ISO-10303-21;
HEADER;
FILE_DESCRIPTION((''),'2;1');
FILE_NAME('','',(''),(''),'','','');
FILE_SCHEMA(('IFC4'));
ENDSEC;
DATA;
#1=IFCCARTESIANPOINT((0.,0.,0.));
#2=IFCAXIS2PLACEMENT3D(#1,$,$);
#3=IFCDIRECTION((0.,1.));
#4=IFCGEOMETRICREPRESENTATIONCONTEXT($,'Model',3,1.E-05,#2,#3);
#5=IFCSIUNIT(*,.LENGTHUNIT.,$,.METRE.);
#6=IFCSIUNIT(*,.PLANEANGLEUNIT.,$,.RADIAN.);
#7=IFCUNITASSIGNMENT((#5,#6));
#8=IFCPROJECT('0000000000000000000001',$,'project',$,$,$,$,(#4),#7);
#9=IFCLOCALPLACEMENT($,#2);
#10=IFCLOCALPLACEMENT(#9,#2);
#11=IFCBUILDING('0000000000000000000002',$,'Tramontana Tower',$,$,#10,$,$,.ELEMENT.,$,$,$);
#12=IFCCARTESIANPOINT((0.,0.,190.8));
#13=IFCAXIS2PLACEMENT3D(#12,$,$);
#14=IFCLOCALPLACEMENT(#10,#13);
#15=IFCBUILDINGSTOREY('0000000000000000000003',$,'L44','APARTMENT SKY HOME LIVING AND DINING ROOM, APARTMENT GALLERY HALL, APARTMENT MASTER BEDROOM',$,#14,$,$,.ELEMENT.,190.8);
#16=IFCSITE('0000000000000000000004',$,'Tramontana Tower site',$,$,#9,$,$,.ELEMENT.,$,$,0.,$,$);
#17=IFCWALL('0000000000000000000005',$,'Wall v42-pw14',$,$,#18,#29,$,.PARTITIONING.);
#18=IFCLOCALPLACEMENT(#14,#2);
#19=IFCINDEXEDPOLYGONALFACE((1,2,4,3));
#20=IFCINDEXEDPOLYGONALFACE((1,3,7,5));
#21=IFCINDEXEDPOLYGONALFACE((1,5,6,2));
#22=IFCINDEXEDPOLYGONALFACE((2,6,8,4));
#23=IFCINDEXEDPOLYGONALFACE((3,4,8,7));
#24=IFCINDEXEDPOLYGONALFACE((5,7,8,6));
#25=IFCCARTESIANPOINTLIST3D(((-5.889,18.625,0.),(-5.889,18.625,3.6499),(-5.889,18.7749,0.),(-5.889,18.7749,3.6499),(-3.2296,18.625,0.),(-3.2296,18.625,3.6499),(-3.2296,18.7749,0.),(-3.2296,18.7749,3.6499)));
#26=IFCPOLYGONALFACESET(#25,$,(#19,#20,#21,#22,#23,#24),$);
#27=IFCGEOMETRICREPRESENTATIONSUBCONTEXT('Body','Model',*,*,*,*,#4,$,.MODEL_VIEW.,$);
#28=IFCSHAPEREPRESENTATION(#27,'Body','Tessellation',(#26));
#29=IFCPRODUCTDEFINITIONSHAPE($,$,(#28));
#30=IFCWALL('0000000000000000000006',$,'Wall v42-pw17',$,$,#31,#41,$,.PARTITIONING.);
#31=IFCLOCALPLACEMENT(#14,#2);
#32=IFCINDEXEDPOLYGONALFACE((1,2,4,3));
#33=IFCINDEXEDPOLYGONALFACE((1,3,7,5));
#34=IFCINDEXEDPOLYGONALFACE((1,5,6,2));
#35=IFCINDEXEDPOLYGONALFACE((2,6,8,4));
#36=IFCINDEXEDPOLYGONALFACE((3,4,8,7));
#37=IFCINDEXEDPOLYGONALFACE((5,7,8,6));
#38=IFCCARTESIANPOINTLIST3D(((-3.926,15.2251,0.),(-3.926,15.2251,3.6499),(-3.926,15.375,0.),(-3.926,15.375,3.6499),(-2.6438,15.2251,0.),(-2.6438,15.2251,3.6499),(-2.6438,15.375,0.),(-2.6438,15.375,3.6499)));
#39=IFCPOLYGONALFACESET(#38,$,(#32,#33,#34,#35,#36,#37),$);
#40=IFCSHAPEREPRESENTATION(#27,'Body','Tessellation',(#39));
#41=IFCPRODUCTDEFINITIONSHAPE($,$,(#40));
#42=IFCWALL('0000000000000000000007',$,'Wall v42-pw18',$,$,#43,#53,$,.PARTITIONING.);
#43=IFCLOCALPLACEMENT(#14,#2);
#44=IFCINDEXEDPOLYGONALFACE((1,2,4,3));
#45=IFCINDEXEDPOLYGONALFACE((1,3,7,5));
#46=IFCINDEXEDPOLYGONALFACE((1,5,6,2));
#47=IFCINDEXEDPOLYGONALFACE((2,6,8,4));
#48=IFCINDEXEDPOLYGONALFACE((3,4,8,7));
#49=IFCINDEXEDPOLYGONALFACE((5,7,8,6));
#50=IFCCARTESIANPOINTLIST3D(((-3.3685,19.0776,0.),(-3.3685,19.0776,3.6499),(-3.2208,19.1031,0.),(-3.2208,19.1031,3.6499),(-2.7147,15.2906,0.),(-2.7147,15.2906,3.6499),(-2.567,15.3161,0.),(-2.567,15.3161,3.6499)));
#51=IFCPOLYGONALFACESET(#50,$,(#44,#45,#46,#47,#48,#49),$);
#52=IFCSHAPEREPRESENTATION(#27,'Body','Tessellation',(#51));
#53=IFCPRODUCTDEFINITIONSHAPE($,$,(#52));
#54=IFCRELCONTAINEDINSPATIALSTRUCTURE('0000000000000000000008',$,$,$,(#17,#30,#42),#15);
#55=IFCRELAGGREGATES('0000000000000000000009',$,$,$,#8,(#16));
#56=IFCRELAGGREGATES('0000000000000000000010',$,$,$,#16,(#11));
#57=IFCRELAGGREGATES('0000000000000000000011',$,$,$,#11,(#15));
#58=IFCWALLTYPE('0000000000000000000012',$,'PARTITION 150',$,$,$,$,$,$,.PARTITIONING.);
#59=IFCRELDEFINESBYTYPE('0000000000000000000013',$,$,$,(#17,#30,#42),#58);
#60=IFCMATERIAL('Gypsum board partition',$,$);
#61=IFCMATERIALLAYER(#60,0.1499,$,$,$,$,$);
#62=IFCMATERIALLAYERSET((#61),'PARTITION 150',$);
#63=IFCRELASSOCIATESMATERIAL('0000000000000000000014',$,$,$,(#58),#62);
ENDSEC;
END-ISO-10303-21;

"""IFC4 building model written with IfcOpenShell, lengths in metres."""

from ifc_helpers import new_model, si_unit, direction, frame, frame_2d, origin, place, context, subcontext, project, spatial, rectangle, extrude, material, layer, layer_set, type_object, element, save


model = new_model("IFC4")

# Units and contexts
model_context = context("Model", 3, precision=1e-05, world=origin(), true_north=direction((0.0, 1.0)))
body_context = subcontext(model_context, "Body", "Model", "MODEL_VIEW")
ifc_project = project(units=[si_unit("LENGTHUNIT", "METRE"), si_unit("PLANEANGLEUNIT", "RADIAN")], contexts=[model_context])

# Site, building, storey
site_placement = place(None, origin())
site = spatial("IfcSite", under=ifc_project, at=site_placement, Name="Tramontana Tower site", CompositionType="ELEMENT", RefElevation=0.0)
building_placement = place(site_placement, origin())
building = spatial("IfcBuilding", under=site, at=building_placement, Name="Tramontana Tower", CompositionType="ELEMENT")
storey_placement = place(building_placement, frame((0.0, 0.0, 190.8)))
storey = spatial("IfcBuildingStorey", under=building, at=storey_placement, Name="L44", Description="APARTMENT SKY HOME LIVING AND DINING ROOM, APARTMENT GALLERY HALL, APARTMENT MASTER BEDROOM", CompositionType="ELEMENT", Elevation=190.8)

# Shared definitions
ifc_material_1 = material(Name="Gypsum board partition")
ifc_layer_1 = layer(ifc_material_1, 0.1499)
ifc_layer_set_1 = layer_set([ifc_layer_1], Name="PARTITION 150")
wall_type_1 = type_object("IfcWallType", Name="PARTITION 150", PredefinedType="PARTITIONING", material=ifc_layer_set_1)

# Walls
wall_1_placement = place(storey_placement, frame((-5.8889, 18.7, 0.0), z_axis=(0.0, 0.0, 1.0), x_axis=(1.0, 0.0, 0.0)))
element("IfcWall", 1, at=wall_1_placement, inside=storey, type_object=wall_type_1, Name="Wall v42-pw14", PredefinedType="PARTITIONING", context=body_context, shape_type="SweptSolid", body=[
    extrude(rectangle(XDim=2.6594, YDim=0.1499, at=frame_2d((1.3296, 0.0))), origin(), (0.0, 0.0, 1.0), 3.6499),
])
wall_2_placement = place(storey_placement, frame((-3.926, 15.3, 0.0), z_axis=(0.0, 0.0, 1.0), x_axis=(1.0, 0.0, 0.0)))
element("IfcWall", 2, at=wall_2_placement, inside=storey, type_object=wall_type_1, Name="Wall v42-pw17", PredefinedType="PARTITIONING", context=body_context, shape_type="SweptSolid", body=[
    extrude(rectangle(XDim=1.2822, YDim=0.1499, at=frame_2d((0.6411, 0.0))), origin(), (0.0, 0.0, 1.0), 3.6499),
])
wall_3_placement = place(storey_placement, frame((-2.6409, 15.3035, 0.0), z_axis=(0.0, 0.0, 1.0), x_axis=(-0.170124, 0.985423, 0.0)))
element("IfcWall", 3, at=wall_3_placement, inside=storey, type_object=wall_type_1, Name="Wall v42-pw18", PredefinedType="PARTITIONING", context=body_context, shape_type="SweptSolid", body=[
    extrude(rectangle(XDim=3.843, YDim=0.1499, at=frame_2d((1.9214, 0.0))), origin(), (0.0, 0.0, 1.0), 3.6499),
])

save(model, "model.ifc")
